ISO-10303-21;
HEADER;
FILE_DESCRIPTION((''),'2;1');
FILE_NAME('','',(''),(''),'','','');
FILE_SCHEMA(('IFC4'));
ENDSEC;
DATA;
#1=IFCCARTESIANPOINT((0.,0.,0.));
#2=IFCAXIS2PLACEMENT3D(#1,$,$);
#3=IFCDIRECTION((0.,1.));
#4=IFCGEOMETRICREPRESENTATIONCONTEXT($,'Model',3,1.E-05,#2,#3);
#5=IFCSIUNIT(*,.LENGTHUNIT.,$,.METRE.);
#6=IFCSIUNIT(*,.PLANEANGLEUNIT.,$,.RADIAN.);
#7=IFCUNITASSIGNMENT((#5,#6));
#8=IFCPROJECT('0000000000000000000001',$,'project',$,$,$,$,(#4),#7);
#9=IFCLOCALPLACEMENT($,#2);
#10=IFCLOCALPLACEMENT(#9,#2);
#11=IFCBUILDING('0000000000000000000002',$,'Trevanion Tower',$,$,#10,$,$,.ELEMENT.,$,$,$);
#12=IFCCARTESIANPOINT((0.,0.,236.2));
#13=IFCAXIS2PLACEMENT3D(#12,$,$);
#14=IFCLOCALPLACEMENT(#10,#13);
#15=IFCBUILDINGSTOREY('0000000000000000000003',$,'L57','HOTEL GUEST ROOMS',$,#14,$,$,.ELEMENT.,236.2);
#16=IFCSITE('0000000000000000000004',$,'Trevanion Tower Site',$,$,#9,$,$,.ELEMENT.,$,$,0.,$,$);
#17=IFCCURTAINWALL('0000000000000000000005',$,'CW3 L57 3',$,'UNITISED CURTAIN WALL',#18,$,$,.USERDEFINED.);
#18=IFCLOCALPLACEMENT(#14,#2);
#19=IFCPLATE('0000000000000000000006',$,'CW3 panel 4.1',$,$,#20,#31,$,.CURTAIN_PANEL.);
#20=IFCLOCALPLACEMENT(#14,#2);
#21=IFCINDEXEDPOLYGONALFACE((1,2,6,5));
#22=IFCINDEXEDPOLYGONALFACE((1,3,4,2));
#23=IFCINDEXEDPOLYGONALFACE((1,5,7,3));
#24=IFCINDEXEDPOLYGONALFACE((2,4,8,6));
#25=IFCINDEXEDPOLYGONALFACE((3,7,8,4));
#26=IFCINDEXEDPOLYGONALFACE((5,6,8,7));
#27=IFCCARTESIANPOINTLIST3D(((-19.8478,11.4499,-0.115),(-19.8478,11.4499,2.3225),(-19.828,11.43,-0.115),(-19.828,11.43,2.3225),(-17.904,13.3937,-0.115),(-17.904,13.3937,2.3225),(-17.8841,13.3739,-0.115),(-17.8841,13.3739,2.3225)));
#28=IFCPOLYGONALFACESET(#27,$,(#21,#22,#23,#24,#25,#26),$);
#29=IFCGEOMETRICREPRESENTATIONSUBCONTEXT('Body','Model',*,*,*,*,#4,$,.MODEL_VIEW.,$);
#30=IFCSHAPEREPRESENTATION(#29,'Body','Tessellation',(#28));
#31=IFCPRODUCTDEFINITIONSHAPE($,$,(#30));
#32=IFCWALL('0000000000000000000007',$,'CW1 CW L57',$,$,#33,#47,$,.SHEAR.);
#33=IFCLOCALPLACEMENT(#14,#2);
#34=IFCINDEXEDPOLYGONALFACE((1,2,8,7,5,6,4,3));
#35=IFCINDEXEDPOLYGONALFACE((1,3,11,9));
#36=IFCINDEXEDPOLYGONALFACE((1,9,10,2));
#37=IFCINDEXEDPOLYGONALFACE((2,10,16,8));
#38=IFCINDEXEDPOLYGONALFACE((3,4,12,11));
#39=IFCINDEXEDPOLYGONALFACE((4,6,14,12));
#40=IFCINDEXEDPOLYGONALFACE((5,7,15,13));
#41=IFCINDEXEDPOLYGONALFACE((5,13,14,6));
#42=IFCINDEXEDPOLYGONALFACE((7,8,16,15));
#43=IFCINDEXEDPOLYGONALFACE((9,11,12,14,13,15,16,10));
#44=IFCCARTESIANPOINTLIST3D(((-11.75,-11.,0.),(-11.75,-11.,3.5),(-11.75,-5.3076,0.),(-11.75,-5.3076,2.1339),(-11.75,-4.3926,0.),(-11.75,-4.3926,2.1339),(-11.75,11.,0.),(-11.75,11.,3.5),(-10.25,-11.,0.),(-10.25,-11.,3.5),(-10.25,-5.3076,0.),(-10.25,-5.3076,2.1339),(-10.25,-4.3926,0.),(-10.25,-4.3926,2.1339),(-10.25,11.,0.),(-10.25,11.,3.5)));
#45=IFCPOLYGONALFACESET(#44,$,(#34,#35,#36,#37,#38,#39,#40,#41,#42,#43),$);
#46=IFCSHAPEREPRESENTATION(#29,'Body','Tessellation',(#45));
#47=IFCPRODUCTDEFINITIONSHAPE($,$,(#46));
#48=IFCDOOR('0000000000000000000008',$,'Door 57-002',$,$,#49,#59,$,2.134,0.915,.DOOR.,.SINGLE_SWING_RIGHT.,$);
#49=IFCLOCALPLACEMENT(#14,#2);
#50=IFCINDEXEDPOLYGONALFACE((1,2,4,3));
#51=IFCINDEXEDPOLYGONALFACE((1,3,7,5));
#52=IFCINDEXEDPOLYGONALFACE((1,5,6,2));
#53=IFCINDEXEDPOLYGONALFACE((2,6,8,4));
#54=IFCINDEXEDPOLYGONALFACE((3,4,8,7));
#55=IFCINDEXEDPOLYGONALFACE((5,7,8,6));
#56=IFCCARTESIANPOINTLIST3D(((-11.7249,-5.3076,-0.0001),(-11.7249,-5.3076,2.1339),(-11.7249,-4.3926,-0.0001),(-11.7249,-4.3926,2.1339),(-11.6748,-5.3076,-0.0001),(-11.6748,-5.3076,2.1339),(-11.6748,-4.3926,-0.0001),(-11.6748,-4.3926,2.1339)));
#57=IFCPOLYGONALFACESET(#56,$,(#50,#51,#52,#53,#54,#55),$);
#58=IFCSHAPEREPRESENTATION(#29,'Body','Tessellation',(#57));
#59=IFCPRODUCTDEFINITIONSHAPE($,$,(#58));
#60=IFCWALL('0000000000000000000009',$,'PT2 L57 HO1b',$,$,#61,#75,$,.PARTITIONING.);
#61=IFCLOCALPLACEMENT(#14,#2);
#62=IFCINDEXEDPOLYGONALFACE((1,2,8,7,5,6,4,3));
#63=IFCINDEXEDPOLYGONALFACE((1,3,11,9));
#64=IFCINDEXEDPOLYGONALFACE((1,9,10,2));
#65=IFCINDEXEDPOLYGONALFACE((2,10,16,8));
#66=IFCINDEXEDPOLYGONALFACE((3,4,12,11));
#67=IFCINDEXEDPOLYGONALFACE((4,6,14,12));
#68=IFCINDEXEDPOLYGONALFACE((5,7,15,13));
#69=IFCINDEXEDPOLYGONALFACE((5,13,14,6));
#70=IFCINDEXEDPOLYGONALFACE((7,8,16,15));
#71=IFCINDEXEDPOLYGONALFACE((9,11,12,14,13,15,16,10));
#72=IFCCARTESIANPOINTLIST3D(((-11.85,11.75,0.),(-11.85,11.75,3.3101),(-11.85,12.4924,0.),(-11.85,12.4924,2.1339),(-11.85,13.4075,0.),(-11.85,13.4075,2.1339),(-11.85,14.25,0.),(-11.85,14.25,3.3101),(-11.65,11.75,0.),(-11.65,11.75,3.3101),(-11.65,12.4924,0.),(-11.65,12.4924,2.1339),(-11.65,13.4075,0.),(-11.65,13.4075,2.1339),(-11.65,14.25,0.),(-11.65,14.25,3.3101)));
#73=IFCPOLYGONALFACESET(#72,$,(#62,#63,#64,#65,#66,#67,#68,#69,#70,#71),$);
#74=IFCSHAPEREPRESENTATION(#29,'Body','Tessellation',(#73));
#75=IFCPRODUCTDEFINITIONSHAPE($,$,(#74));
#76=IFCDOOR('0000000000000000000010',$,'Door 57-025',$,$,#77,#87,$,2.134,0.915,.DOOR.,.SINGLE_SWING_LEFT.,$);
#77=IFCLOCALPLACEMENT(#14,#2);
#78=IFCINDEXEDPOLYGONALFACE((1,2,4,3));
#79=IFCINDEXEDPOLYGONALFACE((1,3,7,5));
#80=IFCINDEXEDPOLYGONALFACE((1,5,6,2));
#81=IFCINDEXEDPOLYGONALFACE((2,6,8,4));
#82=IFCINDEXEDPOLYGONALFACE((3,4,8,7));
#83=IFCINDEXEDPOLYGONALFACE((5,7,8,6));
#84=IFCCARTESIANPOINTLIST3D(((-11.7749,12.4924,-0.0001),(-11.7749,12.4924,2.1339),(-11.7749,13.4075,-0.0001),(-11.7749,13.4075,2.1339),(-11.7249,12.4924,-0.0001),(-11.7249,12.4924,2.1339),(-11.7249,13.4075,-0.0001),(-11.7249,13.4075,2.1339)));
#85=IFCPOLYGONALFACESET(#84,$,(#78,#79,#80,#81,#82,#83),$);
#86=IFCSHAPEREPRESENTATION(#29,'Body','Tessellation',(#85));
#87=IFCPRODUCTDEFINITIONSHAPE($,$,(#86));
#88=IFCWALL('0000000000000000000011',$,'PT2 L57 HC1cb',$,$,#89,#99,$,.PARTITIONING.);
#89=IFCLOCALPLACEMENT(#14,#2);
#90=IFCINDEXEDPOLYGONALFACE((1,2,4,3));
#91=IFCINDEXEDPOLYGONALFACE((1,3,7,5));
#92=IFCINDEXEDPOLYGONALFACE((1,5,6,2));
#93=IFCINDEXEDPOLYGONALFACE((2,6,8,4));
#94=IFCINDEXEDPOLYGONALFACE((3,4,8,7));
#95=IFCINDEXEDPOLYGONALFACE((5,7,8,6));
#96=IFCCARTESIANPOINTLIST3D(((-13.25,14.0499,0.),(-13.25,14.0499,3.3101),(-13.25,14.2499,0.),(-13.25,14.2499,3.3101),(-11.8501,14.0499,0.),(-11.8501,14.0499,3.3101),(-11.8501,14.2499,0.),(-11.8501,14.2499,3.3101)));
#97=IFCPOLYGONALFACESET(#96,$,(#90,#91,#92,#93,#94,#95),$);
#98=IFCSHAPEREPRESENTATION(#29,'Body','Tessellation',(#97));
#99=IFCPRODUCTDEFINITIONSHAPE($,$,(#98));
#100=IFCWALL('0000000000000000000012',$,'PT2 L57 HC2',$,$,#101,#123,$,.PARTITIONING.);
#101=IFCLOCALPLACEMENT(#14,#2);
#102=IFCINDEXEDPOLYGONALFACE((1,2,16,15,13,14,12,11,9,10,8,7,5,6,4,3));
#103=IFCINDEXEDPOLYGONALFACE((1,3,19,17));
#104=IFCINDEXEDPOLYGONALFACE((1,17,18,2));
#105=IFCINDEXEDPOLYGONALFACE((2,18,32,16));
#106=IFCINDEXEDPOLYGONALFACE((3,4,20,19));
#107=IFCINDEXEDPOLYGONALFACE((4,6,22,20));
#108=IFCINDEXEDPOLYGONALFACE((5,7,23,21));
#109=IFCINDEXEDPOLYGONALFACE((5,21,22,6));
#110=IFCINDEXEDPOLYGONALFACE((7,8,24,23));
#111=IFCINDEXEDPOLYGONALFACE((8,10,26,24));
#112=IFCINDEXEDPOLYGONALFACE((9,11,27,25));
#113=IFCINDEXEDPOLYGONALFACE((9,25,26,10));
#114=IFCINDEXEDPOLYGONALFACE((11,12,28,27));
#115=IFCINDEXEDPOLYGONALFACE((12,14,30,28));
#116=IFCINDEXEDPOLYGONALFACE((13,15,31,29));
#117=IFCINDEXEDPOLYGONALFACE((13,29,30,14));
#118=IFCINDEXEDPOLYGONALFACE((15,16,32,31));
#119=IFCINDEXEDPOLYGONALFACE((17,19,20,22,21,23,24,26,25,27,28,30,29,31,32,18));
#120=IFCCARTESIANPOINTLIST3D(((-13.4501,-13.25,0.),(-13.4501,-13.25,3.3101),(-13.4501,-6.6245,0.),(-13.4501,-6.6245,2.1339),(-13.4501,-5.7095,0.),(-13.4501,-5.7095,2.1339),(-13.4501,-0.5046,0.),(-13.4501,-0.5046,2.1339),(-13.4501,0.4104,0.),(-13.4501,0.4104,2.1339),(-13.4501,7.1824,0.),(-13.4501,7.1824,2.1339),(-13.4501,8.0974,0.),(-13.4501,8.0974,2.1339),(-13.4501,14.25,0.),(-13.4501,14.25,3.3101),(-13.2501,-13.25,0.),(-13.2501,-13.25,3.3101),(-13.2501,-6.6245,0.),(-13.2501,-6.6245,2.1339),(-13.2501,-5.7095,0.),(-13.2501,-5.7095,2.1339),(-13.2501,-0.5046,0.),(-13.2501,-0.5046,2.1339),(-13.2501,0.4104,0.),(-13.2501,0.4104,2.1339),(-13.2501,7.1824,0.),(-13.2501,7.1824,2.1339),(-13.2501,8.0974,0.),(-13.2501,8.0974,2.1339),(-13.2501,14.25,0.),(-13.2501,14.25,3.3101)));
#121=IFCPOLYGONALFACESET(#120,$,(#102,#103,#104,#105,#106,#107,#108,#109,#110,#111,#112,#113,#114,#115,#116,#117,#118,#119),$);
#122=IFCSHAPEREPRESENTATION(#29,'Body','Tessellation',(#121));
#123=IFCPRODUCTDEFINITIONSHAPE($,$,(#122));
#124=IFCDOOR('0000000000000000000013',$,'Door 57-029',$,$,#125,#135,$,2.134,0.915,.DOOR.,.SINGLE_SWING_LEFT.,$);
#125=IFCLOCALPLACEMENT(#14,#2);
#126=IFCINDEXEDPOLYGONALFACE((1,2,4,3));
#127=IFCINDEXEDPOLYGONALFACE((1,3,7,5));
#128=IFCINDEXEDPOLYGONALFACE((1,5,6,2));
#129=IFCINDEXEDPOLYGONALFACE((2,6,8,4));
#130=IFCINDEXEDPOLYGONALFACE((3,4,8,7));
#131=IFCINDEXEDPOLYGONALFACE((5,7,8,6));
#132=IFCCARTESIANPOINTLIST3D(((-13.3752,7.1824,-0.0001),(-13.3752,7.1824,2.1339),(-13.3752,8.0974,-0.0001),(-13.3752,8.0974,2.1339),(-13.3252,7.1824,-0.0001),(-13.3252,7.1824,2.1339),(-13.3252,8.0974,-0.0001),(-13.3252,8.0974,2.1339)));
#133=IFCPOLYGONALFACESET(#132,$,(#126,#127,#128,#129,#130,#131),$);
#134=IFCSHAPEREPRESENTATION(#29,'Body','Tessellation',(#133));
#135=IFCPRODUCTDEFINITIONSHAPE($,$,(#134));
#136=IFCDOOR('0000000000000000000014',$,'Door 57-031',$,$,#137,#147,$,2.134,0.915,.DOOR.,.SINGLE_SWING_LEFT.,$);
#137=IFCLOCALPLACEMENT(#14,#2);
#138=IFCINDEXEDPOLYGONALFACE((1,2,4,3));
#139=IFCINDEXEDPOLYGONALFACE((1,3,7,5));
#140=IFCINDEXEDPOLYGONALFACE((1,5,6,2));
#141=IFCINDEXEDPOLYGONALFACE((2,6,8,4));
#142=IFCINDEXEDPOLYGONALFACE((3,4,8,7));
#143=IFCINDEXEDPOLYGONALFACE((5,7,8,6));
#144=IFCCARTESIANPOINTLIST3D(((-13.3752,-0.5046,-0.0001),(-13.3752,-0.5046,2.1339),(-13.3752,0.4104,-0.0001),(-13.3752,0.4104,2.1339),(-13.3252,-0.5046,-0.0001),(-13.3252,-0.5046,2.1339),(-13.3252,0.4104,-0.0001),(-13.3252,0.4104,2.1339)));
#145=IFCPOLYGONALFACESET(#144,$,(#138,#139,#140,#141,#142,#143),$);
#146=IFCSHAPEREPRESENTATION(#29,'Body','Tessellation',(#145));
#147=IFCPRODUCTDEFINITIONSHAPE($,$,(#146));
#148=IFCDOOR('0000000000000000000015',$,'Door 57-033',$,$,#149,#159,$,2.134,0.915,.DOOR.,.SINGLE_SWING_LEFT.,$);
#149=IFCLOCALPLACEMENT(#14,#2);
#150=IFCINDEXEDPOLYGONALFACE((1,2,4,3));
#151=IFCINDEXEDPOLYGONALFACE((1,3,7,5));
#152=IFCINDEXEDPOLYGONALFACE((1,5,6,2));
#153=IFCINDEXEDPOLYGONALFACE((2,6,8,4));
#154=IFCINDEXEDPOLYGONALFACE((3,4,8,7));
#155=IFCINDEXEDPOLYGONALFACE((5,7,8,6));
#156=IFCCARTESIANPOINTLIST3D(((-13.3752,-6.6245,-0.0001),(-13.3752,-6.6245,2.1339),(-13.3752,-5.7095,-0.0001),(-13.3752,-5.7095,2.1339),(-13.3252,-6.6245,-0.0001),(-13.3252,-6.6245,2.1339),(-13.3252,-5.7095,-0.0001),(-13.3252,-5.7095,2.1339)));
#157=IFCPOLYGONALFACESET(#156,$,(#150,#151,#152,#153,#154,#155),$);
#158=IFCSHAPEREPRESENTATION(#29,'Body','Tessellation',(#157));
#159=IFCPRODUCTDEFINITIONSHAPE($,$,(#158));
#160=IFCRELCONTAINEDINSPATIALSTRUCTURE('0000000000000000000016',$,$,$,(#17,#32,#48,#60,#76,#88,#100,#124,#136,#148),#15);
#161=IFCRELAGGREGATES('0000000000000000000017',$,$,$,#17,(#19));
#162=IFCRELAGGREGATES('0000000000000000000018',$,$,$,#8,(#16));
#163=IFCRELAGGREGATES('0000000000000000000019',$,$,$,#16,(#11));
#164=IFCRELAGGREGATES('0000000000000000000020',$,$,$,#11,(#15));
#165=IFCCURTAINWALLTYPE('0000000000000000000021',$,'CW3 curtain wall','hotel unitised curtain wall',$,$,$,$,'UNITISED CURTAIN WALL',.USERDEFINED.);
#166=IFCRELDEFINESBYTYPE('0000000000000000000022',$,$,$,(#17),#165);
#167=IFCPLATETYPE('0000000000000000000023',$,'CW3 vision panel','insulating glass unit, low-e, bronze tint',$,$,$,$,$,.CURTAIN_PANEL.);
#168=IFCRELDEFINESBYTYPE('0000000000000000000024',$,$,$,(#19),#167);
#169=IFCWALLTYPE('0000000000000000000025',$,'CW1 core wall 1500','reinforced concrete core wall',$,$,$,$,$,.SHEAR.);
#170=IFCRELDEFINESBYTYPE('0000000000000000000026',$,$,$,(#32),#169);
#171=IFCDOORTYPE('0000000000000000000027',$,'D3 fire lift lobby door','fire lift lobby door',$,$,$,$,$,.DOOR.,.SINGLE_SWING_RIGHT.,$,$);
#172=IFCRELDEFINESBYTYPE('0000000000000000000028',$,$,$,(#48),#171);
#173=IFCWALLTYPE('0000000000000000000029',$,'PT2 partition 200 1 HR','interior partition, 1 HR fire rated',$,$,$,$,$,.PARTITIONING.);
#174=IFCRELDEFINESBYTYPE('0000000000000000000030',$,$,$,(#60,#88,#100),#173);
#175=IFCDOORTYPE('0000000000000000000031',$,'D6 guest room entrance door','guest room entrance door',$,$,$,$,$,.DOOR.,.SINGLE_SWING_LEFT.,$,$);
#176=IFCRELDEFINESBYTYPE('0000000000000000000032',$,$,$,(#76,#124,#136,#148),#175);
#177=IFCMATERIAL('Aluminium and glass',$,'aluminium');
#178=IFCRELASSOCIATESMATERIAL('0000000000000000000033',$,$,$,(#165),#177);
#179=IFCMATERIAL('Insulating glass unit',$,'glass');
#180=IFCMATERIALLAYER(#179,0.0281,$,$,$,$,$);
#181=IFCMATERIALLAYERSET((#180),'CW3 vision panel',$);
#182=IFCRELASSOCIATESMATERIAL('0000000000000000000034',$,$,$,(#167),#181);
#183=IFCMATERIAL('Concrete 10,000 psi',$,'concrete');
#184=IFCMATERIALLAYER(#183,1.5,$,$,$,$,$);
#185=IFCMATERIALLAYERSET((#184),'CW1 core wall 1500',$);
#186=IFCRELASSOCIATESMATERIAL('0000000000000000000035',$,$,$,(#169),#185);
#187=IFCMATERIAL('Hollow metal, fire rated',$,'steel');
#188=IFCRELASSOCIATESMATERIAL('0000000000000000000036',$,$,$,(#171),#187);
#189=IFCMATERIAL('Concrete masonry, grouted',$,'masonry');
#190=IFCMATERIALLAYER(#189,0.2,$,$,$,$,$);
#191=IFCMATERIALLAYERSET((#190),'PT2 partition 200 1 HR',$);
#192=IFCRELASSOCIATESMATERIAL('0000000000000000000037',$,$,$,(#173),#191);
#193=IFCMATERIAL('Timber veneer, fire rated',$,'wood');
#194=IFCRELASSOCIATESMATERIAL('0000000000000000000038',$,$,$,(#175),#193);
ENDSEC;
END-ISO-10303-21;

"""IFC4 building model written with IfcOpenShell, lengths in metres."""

from ifc_helpers import new_model, si_unit, direction, frame, frame_2d, origin, origin_2d, place, context, subcontext, project, spatial, rectangle, extrude, material, layer, layer_set, type_object, element, fill, aggregate, save


model = new_model("IFC4")

# Units and contexts
model_context = context("Model", 3, precision=1e-05, world=origin(), true_north=direction((0.0, 1.0)))
body_context = subcontext(model_context, "Body", "Model", "MODEL_VIEW")
ifc_project = project(units=[si_unit("LENGTHUNIT", "METRE"), si_unit("PLANEANGLEUNIT", "RADIAN")], contexts=[model_context])

# Site, building, storey
site_placement = place(None, origin())
site = spatial("IfcSite", under=ifc_project, at=site_placement, Name="Trevanion Tower Site", CompositionType="ELEMENT", RefElevation=0.0)
building_placement = place(site_placement, origin())
building = spatial("IfcBuilding", under=site, at=building_placement, Name="Trevanion Tower", CompositionType="ELEMENT")
storey_placement = place(building_placement, frame((0.0, 0.0, 236.2)))
storey = spatial("IfcBuildingStorey", under=building, at=storey_placement, Name="L57", Description="HOTEL GUEST ROOMS", CompositionType="ELEMENT", Elevation=236.2)

# Curtain wall
ifc_material_1 = material(Name="Aluminium and glass", Category="aluminium")
curtain_wall_type = type_object("IfcCurtainWallType", Name="CW3 curtain wall", Description="hotel unitised curtain wall", ElementType="UNITISED CURTAIN WALL", PredefinedType="USERDEFINED", material=ifc_material_1)
curtain_wall_1_placement = place(storey_placement, origin())
curtain_wall_1 = element("IfcCurtainWall", 1, at=curtain_wall_1_placement, inside=storey, type_object=curtain_wall_type, Name="CW3 L57 3", ObjectType="UNITISED CURTAIN WALL", PredefinedType="USERDEFINED")

# Plate
ifc_material_2 = material(Name="Insulating glass unit", Category="glass")
ifc_layer_1 = layer(ifc_material_2, 0.0281)
ifc_layer_set_1 = layer_set([ifc_layer_1], Name="CW3 vision panel")
plate_type_1 = type_object("IfcPlateType", Name="CW3 vision panel", Description="insulating glass unit, low-e, bronze tint", PredefinedType="CURTAIN_PANEL", material=ifc_layer_set_1)
plate_1_placement = place(storey_placement, frame((-18.866, 12.4119, -0.115), z_axis=(0.0, 0.0, 1.0), x_axis=(-0.707107, -0.707107, 0.0)))
plate_1 = element("IfcPlate", 2, at=plate_1_placement, type_object=plate_type_1, Name="CW3 panel 4.1", PredefinedType="CURTAIN_PANEL", context=body_context, shape_type="SweptSolid", body=[
    extrude(rectangle(XDim=2.749, YDim=0.0281, at=origin_2d()), origin(), (0.0, 0.0, 1.0), 2.4375),
])
aggregate(curtain_wall_1, [plate_1])

# Walls, openings, doors
ifc_material_3 = material(Name="Concrete 10,000 psi", Category="concrete")
ifc_layer_2 = layer(ifc_material_3, 1.5)
ifc_layer_set_2 = layer_set([ifc_layer_2], Name="CW1 core wall 1500")
wall_type_1 = type_object("IfcWallType", Name="CW1 core wall 1500", Description="reinforced concrete core wall", PredefinedType="SHEAR", material=ifc_layer_set_2)
wall_1_placement = place(storey_placement, frame((-11.0, 11.0, 0.0), z_axis=(0.0, 0.0, 1.0), x_axis=(0.0, -1.0, 0.0)))
wall_1 = element("IfcWall", 3, at=wall_1_placement, inside=storey, type_object=wall_type_1, Name="CW1 CW L57", PredefinedType="SHEAR", context=body_context, shape_type="SweptSolid", body=[
    extrude(rectangle(XDim=22.0, YDim=1.5, at=frame_2d((11.0, 0.0))), origin(), (0.0, 0.0, 1.0), 3.5),
])
opening_1_placement = place(wall_1_placement, frame((15.3926, 0.0, 0.0)))
opening_1 = element("IfcOpeningElement", 4, at=opening_1_placement, cuts=wall_1, PredefinedType="OPENING", context=body_context, shape_type="SweptSolid", body=[
    extrude(rectangle(XDim=0.915, YDim=2.134, at=frame_2d((0.4575, 1.0669))), frame((0.0, 0.76, 0.0), z_axis=(0.0, -1.0, 0.0), x_axis=(1.0, 0.0, 0.0)), (0.0, 0.0, 1.0), 1.52),
])
ifc_material_4 = material(Name="Hollow metal, fire rated", Category="steel")
door_type_1 = type_object("IfcDoorType", Name="D3 fire lift lobby door", Description="fire lift lobby door", OperationType="SINGLE_SWING_RIGHT", PredefinedType="DOOR", material=ifc_material_4)
door_1_placement = place(opening_1_placement, origin())
door_1 = element("IfcDoor", 5, at=door_1_placement, inside=storey, type_object=door_type_1, Name="Door 57-002", OperationType="SINGLE_SWING_RIGHT", OverallHeight=2.134, OverallWidth=0.915, PredefinedType="DOOR", context=body_context, shape_type="SweptSolid", body=[
    extrude(rectangle(XDim=0.915, YDim=2.134, at=frame_2d((0.4575, 1.0669))), frame((0.0, -0.6748, 0.0), z_axis=(0.0, -1.0, 0.0), x_axis=(1.0, 0.0, 0.0)), (0.0, 0.0, 1.0), 0.05),
])
fill(opening_1, door_1)
ifc_material_5 = material(Name="Concrete masonry, grouted", Category="masonry")
ifc_layer_3 = layer(ifc_material_5, 0.2)
ifc_layer_set_3 = layer_set([ifc_layer_3], Name="PT2 partition 200 1 HR")
wall_type_2 = type_object("IfcWallType", Name="PT2 partition 200 1 HR", Description="interior partition, 1 HR fire rated", PredefinedType="PARTITIONING", material=ifc_layer_set_3)
wall_2_placement = place(storey_placement, frame((-11.75, 11.75, 0.0), z_axis=(0.0, 0.0, 1.0), x_axis=(0.0, 1.0, 0.0)))
wall_2 = element("IfcWall", 6, at=wall_2_placement, inside=storey, type_object=wall_type_2, Name="PT2 L57 HO1b", PredefinedType="PARTITIONING", context=body_context, shape_type="SweptSolid", body=[
    extrude(rectangle(XDim=2.5, YDim=0.2, at=frame_2d((1.25, 0.0))), origin(), (0.0, 0.0, 1.0), 3.3101),
])
opening_2_placement = place(wall_2_placement, frame((0.7424, 0.0, 0.0)))
opening_2 = element("IfcOpeningElement", 7, at=opening_2_placement, cuts=wall_2, PredefinedType="OPENING", context=body_context, shape_type="SweptSolid", body=[
    extrude(rectangle(XDim=0.915, YDim=2.134, at=frame_2d((0.4575, 1.0669))), frame((0.0, 0.1099, 0.0), z_axis=(0.0, -1.0, 0.0), x_axis=(1.0, 0.0, 0.0)), (0.0, 0.0, 1.0), 0.22),
])
ifc_material_6 = material(Name="Timber veneer, fire rated", Category="wood")
door_type_2 = type_object("IfcDoorType", Name="D6 guest room entrance door", Description="guest room entrance door", OperationType="SINGLE_SWING_LEFT", PredefinedType="DOOR", material=ifc_material_6)
door_2_placement = place(opening_2_placement, origin())
door_2 = element("IfcDoor", 8, at=door_2_placement, inside=storey, type_object=door_type_2, Name="Door 57-025", OperationType="SINGLE_SWING_LEFT", OverallHeight=2.134, OverallWidth=0.915, PredefinedType="DOOR", context=body_context, shape_type="SweptSolid", body=[
    extrude(rectangle(XDim=0.915, YDim=2.134, at=frame_2d((0.4575, 1.0669))), frame((0.0, 0.0249, 0.0), z_axis=(0.0, -1.0, 0.0), x_axis=(1.0, 0.0, 0.0)), (0.0, 0.0, 1.0), 0.05),
])
fill(opening_2, door_2)

# Wall
wall_3_placement = place(storey_placement, frame((-11.8501, 14.1499, 0.0), z_axis=(0.0, 0.0, 1.0), x_axis=(-1.0, 0.0, 0.0)))
element("IfcWall", 9, at=wall_3_placement, inside=storey, type_object=wall_type_2, Name="PT2 L57 HC1cb", PredefinedType="PARTITIONING", context=body_context, shape_type="SweptSolid", body=[
    extrude(rectangle(XDim=1.3999, YDim=0.2, at=frame_2d((0.7, 0.0))), origin(), (0.0, 0.0, 1.0), 3.3101),
])

# Wall, openings, doors
wall_4_placement = place(storey_placement, frame((-13.3501, 14.25, 0.0), z_axis=(0.0, 0.0, 1.0), x_axis=(0.0, -1.0, 0.0)))
wall_4 = element("IfcWall", 10, at=wall_4_placement, inside=storey, type_object=wall_type_2, Name="PT2 L57 HC2", PredefinedType="PARTITIONING", context=body_context, shape_type="SweptSolid", body=[
    extrude(rectangle(XDim=27.5, YDim=0.2, at=frame_2d((13.75, 0.0))), origin(), (0.0, 0.0, 1.0), 3.3101),
])
opening_3_placement = place(wall_4_placement, frame((6.1526, 0.0, 0.0)))
opening_3 = element("IfcOpeningElement", 11, at=opening_3_placement, cuts=wall_4, PredefinedType="OPENING", context=body_context, shape_type="SweptSolid", body=[
    extrude(rectangle(XDim=0.915, YDim=2.134, at=frame_2d((0.4575, 1.0669))), frame((0.0, 0.1099, 0.0), z_axis=(0.0, -1.0, 0.0), x_axis=(1.0, 0.0, 0.0)), (0.0, 0.0, 1.0), 0.22),
])
opening_4_placement = place(wall_4_placement, frame((13.8396, 0.0, 0.0)))
opening_4 = element("IfcOpeningElement", 12, at=opening_4_placement, cuts=wall_4, PredefinedType="OPENING", context=body_context, shape_type="SweptSolid", body=[
    extrude(rectangle(XDim=0.915, YDim=2.134, at=frame_2d((0.4575, 1.0669))), frame((0.0, 0.1099, 0.0), z_axis=(0.0, -1.0, 0.0), x_axis=(1.0, 0.0, 0.0)), (0.0, 0.0, 1.0), 0.22),
])
opening_5_placement = place(wall_4_placement, frame((19.9595, 0.0, 0.0)))
opening_5 = element("IfcOpeningElement", 13, at=opening_5_placement, cuts=wall_4, PredefinedType="OPENING", context=body_context, shape_type="SweptSolid", body=[
    extrude(rectangle(XDim=0.915, YDim=2.134, at=frame_2d((0.4575, 1.0669))), frame((0.0, 0.1099, 0.0), z_axis=(0.0, -1.0, 0.0), x_axis=(1.0, 0.0, 0.0)), (0.0, 0.0, 1.0), 0.22),
])
door_3_placement = place(opening_3_placement, origin())
door_3 = element("IfcDoor", 14, at=door_3_placement, inside=storey, type_object=door_type_2, Name="Door 57-029", OperationType="SINGLE_SWING_LEFT", OverallHeight=2.134, OverallWidth=0.915, PredefinedType="DOOR", context=body_context, shape_type="SweptSolid", body=[
    extrude(rectangle(XDim=0.915, YDim=2.134, at=frame_2d((0.4575, 1.0669))), frame((0.0, 0.0249, 0.0), z_axis=(0.0, -1.0, 0.0), x_axis=(1.0, 0.0, 0.0)), (0.0, 0.0, 1.0), 0.05),
])
fill(opening_3, door_3)
door_4_placement = place(opening_4_placement, origin())
door_4 = element("IfcDoor", 15, at=door_4_placement, inside=storey, type_object=door_type_2, Name="Door 57-031", OperationType="SINGLE_SWING_LEFT", OverallHeight=2.134, OverallWidth=0.915, PredefinedType="DOOR", context=body_context, shape_type="SweptSolid", body=[
    extrude(rectangle(XDim=0.915, YDim=2.134, at=frame_2d((0.4575, 1.0669))), frame((0.0, 0.0249, 0.0), z_axis=(0.0, -1.0, 0.0), x_axis=(1.0, 0.0, 0.0)), (0.0, 0.0, 1.0), 0.05),
])
fill(opening_4, door_4)
door_5_placement = place(opening_5_placement, origin())
door_5 = element("IfcDoor", 16, at=door_5_placement, inside=storey, type_object=door_type_2, Name="Door 57-033", OperationType="SINGLE_SWING_LEFT", OverallHeight=2.134, OverallWidth=0.915, PredefinedType="DOOR", context=body_context, shape_type="SweptSolid", body=[
    extrude(rectangle(XDim=0.915, YDim=2.134, at=frame_2d((0.4575, 1.0669))), frame((0.0, 0.0249, 0.0), z_axis=(0.0, -1.0, 0.0), x_axis=(1.0, 0.0, 0.0)), (0.0, 0.0, 1.0), 0.05),
])
fill(opening_5, door_5)

save(model, "model.ifc")
